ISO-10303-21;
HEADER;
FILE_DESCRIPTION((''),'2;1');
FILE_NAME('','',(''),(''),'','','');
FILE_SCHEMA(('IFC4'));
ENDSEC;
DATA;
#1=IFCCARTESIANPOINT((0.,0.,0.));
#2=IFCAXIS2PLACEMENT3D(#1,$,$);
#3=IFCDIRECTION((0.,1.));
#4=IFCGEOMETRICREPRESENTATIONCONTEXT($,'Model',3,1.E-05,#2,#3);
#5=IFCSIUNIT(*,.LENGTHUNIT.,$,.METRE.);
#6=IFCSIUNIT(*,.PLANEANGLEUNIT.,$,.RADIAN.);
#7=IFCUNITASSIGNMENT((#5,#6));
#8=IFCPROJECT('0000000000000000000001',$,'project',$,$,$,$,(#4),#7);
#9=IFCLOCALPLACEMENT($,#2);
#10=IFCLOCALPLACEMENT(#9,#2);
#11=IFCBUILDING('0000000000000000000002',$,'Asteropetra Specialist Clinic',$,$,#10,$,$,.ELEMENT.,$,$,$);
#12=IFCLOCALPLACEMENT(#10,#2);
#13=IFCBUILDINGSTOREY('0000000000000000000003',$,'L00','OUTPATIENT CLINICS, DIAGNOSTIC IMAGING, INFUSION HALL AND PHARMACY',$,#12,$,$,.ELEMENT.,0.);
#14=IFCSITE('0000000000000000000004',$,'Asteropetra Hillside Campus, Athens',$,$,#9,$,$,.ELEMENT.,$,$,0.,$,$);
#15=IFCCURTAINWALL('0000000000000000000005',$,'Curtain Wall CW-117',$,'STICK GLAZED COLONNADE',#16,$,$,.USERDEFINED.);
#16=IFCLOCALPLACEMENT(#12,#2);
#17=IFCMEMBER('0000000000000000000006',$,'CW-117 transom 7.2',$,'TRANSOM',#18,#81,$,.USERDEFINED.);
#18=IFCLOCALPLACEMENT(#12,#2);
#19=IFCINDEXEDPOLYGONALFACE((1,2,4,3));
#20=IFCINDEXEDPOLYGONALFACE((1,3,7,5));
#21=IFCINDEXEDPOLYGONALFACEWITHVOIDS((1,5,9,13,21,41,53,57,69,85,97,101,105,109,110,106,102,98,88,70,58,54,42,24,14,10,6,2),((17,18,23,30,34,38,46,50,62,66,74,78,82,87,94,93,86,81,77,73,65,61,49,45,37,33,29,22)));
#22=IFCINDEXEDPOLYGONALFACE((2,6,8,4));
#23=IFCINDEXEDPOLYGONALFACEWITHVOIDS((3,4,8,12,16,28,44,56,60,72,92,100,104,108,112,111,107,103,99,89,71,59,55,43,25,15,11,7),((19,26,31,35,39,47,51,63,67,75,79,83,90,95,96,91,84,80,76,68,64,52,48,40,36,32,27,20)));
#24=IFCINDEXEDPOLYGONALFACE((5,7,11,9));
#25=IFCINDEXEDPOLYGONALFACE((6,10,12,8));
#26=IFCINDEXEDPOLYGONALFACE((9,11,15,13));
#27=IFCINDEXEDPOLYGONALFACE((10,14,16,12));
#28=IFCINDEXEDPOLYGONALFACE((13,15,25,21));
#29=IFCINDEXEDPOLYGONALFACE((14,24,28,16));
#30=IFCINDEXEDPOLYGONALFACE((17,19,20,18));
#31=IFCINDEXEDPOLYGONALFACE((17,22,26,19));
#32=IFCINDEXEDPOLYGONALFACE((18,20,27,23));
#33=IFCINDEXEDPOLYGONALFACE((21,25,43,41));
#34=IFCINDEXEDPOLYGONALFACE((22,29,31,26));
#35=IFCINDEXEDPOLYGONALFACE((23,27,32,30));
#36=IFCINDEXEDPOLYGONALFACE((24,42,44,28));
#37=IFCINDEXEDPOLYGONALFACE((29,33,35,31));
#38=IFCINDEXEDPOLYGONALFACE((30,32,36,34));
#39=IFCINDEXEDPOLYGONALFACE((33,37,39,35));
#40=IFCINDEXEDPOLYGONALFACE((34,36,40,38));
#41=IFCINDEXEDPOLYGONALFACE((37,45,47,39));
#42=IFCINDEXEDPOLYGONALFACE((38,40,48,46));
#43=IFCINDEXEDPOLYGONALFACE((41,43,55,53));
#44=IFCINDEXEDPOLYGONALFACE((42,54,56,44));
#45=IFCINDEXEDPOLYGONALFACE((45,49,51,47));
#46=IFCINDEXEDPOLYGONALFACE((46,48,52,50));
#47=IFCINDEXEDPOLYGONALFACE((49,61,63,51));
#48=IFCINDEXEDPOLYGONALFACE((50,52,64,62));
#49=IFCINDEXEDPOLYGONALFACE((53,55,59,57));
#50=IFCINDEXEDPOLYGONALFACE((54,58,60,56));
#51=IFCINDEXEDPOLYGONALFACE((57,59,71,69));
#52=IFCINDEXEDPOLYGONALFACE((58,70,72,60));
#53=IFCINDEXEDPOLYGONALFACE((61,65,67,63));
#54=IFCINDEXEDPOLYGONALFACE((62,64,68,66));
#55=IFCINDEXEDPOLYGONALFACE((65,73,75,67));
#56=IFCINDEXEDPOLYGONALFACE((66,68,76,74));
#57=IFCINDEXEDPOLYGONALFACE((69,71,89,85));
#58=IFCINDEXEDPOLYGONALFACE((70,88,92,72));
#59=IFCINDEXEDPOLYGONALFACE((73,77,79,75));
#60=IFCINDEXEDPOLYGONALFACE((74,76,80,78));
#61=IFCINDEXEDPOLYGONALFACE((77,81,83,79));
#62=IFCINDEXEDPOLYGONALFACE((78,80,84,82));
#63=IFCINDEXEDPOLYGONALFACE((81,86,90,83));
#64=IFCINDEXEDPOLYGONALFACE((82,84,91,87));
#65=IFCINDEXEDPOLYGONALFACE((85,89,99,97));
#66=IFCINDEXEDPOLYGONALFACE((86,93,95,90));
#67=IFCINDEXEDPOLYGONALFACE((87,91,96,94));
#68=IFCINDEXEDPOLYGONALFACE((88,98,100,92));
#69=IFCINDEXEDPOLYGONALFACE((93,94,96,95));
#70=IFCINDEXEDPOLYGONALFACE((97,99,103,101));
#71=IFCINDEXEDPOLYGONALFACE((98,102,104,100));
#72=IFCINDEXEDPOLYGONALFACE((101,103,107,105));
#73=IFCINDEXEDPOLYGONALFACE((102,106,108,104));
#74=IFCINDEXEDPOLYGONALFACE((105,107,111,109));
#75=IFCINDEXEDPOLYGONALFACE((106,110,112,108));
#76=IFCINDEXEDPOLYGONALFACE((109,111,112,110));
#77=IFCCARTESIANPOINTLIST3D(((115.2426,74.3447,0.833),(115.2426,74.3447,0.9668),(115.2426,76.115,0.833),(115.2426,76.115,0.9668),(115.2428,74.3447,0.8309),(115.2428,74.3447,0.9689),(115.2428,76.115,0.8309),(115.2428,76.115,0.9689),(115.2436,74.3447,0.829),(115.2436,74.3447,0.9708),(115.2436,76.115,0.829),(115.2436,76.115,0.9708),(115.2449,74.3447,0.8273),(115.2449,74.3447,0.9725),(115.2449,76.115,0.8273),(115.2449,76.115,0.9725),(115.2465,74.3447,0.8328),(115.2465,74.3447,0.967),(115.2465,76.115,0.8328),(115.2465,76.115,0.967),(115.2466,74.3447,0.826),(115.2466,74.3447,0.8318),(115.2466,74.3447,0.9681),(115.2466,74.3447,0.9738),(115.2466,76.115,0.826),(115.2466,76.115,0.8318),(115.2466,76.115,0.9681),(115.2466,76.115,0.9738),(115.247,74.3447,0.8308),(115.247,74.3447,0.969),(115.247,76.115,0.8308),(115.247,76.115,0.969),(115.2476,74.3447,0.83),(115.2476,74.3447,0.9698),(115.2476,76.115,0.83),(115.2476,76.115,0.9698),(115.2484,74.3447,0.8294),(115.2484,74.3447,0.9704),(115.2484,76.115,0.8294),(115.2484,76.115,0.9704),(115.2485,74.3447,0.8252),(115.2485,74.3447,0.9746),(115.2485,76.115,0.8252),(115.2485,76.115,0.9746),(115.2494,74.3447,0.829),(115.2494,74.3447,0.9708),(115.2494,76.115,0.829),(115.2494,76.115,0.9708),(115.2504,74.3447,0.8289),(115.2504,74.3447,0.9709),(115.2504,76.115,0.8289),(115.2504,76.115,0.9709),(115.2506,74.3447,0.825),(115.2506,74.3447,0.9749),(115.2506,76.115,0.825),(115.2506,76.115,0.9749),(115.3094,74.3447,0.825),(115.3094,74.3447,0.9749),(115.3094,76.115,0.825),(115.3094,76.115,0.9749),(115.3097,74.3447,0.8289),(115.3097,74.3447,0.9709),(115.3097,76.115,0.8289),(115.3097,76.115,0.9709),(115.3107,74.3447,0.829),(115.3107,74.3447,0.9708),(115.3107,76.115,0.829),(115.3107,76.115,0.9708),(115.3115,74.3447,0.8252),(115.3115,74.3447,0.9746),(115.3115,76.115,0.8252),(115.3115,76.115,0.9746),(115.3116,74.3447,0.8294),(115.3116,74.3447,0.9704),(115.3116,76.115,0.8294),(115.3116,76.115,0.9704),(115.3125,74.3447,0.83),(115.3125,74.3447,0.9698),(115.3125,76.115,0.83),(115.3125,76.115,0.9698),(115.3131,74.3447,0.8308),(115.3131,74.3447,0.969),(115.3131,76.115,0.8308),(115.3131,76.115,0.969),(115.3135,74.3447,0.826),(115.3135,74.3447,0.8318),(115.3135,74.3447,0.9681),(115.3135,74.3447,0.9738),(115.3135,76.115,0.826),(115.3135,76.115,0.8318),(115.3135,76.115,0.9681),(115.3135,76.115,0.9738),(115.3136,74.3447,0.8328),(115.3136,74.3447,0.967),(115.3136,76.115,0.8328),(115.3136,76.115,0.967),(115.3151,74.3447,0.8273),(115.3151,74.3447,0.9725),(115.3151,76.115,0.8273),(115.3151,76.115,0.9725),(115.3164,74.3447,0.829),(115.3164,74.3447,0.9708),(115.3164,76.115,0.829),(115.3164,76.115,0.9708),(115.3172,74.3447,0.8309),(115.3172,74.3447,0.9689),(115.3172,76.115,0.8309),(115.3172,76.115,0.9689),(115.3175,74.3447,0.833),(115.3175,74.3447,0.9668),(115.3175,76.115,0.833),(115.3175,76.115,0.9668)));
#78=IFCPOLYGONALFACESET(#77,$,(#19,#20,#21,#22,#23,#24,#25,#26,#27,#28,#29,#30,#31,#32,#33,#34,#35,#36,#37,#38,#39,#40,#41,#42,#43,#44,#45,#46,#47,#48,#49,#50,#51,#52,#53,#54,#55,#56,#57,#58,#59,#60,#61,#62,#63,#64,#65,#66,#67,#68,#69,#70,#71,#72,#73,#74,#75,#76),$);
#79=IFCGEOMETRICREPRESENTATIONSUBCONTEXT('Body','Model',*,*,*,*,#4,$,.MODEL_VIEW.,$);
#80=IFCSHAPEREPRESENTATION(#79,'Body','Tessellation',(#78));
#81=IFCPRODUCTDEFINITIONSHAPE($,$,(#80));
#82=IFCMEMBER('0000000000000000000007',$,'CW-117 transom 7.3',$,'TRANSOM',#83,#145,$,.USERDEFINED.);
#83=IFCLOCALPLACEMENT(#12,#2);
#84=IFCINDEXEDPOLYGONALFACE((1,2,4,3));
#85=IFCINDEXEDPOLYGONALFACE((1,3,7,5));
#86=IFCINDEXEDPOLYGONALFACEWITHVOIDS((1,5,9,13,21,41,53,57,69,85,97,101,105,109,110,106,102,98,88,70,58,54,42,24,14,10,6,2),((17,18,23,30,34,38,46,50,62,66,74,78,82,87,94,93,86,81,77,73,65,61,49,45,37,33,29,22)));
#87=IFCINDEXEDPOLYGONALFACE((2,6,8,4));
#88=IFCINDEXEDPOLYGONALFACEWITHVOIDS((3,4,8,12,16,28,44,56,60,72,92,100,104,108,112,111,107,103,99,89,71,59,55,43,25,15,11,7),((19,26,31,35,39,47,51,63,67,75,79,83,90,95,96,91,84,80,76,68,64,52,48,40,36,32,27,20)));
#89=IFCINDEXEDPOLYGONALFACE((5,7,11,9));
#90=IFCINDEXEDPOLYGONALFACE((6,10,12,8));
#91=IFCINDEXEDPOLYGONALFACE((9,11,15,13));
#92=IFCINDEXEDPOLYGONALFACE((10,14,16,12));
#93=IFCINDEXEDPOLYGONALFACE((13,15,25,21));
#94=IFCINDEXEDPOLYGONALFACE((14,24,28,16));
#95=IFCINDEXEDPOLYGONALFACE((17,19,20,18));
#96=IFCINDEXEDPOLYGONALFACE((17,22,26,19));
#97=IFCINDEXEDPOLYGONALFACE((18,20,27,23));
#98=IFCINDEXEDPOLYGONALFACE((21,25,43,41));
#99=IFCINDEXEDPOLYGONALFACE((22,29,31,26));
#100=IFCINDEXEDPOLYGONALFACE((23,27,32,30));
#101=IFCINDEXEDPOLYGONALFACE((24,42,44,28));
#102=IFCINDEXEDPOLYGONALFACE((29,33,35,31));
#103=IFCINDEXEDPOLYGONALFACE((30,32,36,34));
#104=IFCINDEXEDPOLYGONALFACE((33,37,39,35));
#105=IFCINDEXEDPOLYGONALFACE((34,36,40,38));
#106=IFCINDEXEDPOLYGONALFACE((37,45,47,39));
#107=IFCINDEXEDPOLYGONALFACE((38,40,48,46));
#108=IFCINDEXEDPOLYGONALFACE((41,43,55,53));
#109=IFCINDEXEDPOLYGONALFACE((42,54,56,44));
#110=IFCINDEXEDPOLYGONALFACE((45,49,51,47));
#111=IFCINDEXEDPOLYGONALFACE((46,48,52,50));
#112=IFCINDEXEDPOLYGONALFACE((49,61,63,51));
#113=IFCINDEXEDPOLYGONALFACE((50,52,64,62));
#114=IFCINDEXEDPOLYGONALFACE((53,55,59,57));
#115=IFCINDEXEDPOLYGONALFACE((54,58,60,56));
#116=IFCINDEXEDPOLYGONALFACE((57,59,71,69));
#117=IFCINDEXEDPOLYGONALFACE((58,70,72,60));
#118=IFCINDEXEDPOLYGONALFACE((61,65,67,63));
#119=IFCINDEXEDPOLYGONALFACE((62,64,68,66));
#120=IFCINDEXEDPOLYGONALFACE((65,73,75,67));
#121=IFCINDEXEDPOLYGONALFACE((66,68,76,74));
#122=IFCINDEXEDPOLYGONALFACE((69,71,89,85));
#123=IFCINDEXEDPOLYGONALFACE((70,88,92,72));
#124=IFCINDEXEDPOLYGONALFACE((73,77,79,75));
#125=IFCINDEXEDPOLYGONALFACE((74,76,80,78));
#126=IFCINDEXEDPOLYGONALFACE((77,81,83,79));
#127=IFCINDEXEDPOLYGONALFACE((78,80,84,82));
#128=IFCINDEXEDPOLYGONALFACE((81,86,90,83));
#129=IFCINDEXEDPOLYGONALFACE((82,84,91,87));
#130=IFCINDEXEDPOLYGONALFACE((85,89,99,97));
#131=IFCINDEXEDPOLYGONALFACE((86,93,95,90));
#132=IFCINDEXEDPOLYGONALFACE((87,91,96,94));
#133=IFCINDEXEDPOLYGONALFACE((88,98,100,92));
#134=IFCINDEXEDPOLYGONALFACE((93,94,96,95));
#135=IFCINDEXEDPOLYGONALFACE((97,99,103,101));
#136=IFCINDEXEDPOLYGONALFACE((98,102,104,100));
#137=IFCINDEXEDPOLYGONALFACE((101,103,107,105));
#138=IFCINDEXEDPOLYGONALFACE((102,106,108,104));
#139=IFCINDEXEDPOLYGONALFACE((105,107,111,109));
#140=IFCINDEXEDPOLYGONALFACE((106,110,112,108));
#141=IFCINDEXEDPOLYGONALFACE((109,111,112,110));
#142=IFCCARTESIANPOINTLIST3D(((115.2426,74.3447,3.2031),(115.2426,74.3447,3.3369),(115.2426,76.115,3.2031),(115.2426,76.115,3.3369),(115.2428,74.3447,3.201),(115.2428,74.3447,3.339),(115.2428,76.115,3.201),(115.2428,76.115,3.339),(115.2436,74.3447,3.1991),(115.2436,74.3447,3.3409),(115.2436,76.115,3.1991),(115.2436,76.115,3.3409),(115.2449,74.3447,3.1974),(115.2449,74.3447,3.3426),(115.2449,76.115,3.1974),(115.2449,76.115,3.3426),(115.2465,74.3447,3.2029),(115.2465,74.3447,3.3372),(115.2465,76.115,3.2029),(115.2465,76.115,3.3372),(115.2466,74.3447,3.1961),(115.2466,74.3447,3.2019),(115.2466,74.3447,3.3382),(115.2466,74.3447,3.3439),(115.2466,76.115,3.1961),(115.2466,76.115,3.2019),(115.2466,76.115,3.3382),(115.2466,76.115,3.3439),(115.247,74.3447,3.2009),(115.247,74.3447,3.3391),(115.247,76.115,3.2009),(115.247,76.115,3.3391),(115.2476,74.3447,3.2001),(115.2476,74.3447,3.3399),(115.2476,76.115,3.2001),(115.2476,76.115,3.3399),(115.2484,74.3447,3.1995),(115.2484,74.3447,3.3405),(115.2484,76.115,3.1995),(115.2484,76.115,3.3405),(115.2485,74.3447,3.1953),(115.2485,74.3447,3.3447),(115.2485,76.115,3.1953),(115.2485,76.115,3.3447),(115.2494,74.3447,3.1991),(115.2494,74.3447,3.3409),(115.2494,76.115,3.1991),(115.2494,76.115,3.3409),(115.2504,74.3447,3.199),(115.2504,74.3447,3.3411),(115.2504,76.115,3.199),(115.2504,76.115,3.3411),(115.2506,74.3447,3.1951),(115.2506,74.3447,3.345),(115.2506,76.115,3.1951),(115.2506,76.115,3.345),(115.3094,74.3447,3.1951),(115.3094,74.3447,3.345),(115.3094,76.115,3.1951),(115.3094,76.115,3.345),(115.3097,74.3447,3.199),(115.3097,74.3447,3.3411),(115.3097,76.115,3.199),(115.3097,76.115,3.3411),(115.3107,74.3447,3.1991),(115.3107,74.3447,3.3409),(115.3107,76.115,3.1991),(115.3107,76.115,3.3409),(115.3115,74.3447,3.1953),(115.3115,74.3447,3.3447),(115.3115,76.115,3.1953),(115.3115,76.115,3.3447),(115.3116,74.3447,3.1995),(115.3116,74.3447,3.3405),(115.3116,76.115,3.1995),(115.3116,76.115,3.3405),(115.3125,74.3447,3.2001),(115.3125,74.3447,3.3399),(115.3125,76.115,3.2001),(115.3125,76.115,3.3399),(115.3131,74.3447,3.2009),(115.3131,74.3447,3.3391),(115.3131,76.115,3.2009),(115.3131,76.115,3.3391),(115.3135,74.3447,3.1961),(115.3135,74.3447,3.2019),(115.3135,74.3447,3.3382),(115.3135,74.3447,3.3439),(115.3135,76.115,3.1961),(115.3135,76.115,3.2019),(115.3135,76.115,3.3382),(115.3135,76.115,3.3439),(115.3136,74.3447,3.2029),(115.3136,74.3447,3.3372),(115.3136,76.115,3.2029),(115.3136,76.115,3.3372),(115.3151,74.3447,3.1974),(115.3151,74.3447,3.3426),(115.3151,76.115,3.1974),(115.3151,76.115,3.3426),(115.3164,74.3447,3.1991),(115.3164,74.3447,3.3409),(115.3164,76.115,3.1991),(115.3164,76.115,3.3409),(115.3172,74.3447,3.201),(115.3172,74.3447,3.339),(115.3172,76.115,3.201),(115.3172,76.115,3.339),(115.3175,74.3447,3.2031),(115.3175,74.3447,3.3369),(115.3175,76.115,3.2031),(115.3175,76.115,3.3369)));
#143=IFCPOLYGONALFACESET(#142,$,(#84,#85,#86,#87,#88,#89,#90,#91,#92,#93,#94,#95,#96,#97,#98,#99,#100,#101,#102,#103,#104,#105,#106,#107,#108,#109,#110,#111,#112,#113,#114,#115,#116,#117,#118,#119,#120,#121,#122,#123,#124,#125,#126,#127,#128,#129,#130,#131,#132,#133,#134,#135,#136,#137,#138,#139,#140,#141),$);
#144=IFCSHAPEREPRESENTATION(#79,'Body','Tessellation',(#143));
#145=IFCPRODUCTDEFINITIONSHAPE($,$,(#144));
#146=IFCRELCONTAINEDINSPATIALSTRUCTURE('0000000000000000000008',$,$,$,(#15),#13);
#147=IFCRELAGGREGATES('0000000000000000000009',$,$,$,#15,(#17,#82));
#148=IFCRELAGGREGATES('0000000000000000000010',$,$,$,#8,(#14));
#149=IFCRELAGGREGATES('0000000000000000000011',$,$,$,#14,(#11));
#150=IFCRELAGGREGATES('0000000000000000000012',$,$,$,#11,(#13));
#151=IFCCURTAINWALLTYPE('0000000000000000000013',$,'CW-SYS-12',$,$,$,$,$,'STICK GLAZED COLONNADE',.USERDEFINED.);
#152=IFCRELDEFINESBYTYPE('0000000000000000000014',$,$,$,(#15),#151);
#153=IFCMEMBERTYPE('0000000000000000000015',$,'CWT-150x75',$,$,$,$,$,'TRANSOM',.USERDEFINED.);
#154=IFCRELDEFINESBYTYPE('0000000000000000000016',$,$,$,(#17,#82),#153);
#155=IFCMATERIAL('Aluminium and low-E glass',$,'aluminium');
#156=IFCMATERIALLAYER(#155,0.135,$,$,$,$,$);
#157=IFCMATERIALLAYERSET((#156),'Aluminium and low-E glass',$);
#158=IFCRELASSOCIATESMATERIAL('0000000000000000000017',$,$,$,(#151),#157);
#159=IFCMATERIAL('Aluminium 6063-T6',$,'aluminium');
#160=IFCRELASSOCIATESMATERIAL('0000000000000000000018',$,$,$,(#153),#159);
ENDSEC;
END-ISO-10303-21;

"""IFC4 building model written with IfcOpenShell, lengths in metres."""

from ifc_helpers import new_model, si_unit, direction, frame, origin, origin_2d, place, context, subcontext, project, spatial, hollow_rectangle, extrude, material, layer, layer_set, material_profile, profile_set, type_object, element, aggregate, save


model = new_model("IFC4")

# Units and contexts
model_context = context("Model", 3, precision=1e-05, world=origin(), true_north=direction((0.0, 1.0)))
body_context = subcontext(model_context, "Body", "Model", "MODEL_VIEW")
ifc_project = project(units=[si_unit("LENGTHUNIT", "METRE"), si_unit("PLANEANGLEUNIT", "RADIAN")], contexts=[model_context])

# Site, building, storey
site_placement = place(None, origin())
site = spatial("IfcSite", under=ifc_project, at=site_placement, Name="Asteropetra Hillside Campus, Athens", CompositionType="ELEMENT", RefElevation=0.0)
building_placement = place(site_placement, origin())
building = spatial("IfcBuilding", under=site, at=building_placement, Name="Asteropetra Specialist Clinic", CompositionType="ELEMENT")
storey_placement = place(building_placement, origin())
storey = spatial("IfcBuildingStorey", under=building, at=storey_placement, Name="L00", Description="OUTPATIENT CLINICS, DIAGNOSTIC IMAGING, INFUSION HALL AND PHARMACY", CompositionType="ELEMENT", Elevation=0.0)

# Curtain wall, members
ifc_material_1 = material(Name="Aluminium and low-E glass", Category="aluminium")
ifc_layer_1 = layer(ifc_material_1, 0.135)
ifc_layer_set_1 = layer_set([ifc_layer_1], Name="Aluminium and low-E glass")
curtain_wall_type = type_object("IfcCurtainWallType", Name="CW-SYS-12", ElementType="STICK GLAZED COLONNADE", PredefinedType="USERDEFINED", material=ifc_layer_set_1)
curtain_wall_placement = place(storey_placement, origin())
curtain_wall = element("IfcCurtainWall", 1, at=curtain_wall_placement, inside=storey, type_object=curtain_wall_type, Name="Curtain Wall CW-117", ObjectType="STICK GLAZED COLONNADE", PredefinedType="USERDEFINED")
ifc_material_2 = material(Name="Aluminium 6063-T6", Category="aluminium")
ifc_material_profile_1 = material_profile(ifc_material_2, hollow_rectangle(XDim=0.075, YDim=0.1499, WallThickness=0.0039, InnerFilletRadius=0.0039, OuterFilletRadius=0.0081, at=origin_2d()), Name="TRN 150x75x4.0")
ifc_profile_set_1 = profile_set([ifc_material_profile_1], Name="Aluminium 6063-T6")
member_type_1 = type_object("IfcMemberType", Name="CWT-150x75", ElementType="TRANSOM", PredefinedType="USERDEFINED", material=ifc_profile_set_1)
member_1_placement = place(storey_placement, frame((115.28, 74.3447, 0.8999), z_axis=(0.0, 1.0, 0.0), x_axis=(-1.0, 0.0, 0.0)))
member_1 = element("IfcMember", 2, at=member_1_placement, type_object=member_type_1, Name="CW-117 transom 7.2", ObjectType="TRANSOM", PredefinedType="USERDEFINED", context=body_context, shape_type="SweptSolid", body=[
    extrude(hollow_rectangle(XDim=0.075, YDim=0.1499, WallThickness=0.0039, InnerFilletRadius=0.0039, OuterFilletRadius=0.0081, at=origin_2d()), origin(), (0.0, 0.0, 1.0), 1.7703),
])
member_2_placement = place(storey_placement, frame((115.28, 74.3447, 3.27), z_axis=(0.0, 1.0, 0.0), x_axis=(-1.0, 0.0, 0.0)))
member_2 = element("IfcMember", 3, at=member_2_placement, type_object=member_type_1, Name="CW-117 transom 7.3", ObjectType="TRANSOM", PredefinedType="USERDEFINED", context=body_context, shape_type="SweptSolid", body=[
    extrude(hollow_rectangle(XDim=0.075, YDim=0.1499, WallThickness=0.0039, InnerFilletRadius=0.0039, OuterFilletRadius=0.0081, at=origin_2d()), origin(), (0.0, 0.0, 1.0), 1.7703),
])
aggregate(curtain_wall, [member_1, member_2])

save(model, "model.ifc")
